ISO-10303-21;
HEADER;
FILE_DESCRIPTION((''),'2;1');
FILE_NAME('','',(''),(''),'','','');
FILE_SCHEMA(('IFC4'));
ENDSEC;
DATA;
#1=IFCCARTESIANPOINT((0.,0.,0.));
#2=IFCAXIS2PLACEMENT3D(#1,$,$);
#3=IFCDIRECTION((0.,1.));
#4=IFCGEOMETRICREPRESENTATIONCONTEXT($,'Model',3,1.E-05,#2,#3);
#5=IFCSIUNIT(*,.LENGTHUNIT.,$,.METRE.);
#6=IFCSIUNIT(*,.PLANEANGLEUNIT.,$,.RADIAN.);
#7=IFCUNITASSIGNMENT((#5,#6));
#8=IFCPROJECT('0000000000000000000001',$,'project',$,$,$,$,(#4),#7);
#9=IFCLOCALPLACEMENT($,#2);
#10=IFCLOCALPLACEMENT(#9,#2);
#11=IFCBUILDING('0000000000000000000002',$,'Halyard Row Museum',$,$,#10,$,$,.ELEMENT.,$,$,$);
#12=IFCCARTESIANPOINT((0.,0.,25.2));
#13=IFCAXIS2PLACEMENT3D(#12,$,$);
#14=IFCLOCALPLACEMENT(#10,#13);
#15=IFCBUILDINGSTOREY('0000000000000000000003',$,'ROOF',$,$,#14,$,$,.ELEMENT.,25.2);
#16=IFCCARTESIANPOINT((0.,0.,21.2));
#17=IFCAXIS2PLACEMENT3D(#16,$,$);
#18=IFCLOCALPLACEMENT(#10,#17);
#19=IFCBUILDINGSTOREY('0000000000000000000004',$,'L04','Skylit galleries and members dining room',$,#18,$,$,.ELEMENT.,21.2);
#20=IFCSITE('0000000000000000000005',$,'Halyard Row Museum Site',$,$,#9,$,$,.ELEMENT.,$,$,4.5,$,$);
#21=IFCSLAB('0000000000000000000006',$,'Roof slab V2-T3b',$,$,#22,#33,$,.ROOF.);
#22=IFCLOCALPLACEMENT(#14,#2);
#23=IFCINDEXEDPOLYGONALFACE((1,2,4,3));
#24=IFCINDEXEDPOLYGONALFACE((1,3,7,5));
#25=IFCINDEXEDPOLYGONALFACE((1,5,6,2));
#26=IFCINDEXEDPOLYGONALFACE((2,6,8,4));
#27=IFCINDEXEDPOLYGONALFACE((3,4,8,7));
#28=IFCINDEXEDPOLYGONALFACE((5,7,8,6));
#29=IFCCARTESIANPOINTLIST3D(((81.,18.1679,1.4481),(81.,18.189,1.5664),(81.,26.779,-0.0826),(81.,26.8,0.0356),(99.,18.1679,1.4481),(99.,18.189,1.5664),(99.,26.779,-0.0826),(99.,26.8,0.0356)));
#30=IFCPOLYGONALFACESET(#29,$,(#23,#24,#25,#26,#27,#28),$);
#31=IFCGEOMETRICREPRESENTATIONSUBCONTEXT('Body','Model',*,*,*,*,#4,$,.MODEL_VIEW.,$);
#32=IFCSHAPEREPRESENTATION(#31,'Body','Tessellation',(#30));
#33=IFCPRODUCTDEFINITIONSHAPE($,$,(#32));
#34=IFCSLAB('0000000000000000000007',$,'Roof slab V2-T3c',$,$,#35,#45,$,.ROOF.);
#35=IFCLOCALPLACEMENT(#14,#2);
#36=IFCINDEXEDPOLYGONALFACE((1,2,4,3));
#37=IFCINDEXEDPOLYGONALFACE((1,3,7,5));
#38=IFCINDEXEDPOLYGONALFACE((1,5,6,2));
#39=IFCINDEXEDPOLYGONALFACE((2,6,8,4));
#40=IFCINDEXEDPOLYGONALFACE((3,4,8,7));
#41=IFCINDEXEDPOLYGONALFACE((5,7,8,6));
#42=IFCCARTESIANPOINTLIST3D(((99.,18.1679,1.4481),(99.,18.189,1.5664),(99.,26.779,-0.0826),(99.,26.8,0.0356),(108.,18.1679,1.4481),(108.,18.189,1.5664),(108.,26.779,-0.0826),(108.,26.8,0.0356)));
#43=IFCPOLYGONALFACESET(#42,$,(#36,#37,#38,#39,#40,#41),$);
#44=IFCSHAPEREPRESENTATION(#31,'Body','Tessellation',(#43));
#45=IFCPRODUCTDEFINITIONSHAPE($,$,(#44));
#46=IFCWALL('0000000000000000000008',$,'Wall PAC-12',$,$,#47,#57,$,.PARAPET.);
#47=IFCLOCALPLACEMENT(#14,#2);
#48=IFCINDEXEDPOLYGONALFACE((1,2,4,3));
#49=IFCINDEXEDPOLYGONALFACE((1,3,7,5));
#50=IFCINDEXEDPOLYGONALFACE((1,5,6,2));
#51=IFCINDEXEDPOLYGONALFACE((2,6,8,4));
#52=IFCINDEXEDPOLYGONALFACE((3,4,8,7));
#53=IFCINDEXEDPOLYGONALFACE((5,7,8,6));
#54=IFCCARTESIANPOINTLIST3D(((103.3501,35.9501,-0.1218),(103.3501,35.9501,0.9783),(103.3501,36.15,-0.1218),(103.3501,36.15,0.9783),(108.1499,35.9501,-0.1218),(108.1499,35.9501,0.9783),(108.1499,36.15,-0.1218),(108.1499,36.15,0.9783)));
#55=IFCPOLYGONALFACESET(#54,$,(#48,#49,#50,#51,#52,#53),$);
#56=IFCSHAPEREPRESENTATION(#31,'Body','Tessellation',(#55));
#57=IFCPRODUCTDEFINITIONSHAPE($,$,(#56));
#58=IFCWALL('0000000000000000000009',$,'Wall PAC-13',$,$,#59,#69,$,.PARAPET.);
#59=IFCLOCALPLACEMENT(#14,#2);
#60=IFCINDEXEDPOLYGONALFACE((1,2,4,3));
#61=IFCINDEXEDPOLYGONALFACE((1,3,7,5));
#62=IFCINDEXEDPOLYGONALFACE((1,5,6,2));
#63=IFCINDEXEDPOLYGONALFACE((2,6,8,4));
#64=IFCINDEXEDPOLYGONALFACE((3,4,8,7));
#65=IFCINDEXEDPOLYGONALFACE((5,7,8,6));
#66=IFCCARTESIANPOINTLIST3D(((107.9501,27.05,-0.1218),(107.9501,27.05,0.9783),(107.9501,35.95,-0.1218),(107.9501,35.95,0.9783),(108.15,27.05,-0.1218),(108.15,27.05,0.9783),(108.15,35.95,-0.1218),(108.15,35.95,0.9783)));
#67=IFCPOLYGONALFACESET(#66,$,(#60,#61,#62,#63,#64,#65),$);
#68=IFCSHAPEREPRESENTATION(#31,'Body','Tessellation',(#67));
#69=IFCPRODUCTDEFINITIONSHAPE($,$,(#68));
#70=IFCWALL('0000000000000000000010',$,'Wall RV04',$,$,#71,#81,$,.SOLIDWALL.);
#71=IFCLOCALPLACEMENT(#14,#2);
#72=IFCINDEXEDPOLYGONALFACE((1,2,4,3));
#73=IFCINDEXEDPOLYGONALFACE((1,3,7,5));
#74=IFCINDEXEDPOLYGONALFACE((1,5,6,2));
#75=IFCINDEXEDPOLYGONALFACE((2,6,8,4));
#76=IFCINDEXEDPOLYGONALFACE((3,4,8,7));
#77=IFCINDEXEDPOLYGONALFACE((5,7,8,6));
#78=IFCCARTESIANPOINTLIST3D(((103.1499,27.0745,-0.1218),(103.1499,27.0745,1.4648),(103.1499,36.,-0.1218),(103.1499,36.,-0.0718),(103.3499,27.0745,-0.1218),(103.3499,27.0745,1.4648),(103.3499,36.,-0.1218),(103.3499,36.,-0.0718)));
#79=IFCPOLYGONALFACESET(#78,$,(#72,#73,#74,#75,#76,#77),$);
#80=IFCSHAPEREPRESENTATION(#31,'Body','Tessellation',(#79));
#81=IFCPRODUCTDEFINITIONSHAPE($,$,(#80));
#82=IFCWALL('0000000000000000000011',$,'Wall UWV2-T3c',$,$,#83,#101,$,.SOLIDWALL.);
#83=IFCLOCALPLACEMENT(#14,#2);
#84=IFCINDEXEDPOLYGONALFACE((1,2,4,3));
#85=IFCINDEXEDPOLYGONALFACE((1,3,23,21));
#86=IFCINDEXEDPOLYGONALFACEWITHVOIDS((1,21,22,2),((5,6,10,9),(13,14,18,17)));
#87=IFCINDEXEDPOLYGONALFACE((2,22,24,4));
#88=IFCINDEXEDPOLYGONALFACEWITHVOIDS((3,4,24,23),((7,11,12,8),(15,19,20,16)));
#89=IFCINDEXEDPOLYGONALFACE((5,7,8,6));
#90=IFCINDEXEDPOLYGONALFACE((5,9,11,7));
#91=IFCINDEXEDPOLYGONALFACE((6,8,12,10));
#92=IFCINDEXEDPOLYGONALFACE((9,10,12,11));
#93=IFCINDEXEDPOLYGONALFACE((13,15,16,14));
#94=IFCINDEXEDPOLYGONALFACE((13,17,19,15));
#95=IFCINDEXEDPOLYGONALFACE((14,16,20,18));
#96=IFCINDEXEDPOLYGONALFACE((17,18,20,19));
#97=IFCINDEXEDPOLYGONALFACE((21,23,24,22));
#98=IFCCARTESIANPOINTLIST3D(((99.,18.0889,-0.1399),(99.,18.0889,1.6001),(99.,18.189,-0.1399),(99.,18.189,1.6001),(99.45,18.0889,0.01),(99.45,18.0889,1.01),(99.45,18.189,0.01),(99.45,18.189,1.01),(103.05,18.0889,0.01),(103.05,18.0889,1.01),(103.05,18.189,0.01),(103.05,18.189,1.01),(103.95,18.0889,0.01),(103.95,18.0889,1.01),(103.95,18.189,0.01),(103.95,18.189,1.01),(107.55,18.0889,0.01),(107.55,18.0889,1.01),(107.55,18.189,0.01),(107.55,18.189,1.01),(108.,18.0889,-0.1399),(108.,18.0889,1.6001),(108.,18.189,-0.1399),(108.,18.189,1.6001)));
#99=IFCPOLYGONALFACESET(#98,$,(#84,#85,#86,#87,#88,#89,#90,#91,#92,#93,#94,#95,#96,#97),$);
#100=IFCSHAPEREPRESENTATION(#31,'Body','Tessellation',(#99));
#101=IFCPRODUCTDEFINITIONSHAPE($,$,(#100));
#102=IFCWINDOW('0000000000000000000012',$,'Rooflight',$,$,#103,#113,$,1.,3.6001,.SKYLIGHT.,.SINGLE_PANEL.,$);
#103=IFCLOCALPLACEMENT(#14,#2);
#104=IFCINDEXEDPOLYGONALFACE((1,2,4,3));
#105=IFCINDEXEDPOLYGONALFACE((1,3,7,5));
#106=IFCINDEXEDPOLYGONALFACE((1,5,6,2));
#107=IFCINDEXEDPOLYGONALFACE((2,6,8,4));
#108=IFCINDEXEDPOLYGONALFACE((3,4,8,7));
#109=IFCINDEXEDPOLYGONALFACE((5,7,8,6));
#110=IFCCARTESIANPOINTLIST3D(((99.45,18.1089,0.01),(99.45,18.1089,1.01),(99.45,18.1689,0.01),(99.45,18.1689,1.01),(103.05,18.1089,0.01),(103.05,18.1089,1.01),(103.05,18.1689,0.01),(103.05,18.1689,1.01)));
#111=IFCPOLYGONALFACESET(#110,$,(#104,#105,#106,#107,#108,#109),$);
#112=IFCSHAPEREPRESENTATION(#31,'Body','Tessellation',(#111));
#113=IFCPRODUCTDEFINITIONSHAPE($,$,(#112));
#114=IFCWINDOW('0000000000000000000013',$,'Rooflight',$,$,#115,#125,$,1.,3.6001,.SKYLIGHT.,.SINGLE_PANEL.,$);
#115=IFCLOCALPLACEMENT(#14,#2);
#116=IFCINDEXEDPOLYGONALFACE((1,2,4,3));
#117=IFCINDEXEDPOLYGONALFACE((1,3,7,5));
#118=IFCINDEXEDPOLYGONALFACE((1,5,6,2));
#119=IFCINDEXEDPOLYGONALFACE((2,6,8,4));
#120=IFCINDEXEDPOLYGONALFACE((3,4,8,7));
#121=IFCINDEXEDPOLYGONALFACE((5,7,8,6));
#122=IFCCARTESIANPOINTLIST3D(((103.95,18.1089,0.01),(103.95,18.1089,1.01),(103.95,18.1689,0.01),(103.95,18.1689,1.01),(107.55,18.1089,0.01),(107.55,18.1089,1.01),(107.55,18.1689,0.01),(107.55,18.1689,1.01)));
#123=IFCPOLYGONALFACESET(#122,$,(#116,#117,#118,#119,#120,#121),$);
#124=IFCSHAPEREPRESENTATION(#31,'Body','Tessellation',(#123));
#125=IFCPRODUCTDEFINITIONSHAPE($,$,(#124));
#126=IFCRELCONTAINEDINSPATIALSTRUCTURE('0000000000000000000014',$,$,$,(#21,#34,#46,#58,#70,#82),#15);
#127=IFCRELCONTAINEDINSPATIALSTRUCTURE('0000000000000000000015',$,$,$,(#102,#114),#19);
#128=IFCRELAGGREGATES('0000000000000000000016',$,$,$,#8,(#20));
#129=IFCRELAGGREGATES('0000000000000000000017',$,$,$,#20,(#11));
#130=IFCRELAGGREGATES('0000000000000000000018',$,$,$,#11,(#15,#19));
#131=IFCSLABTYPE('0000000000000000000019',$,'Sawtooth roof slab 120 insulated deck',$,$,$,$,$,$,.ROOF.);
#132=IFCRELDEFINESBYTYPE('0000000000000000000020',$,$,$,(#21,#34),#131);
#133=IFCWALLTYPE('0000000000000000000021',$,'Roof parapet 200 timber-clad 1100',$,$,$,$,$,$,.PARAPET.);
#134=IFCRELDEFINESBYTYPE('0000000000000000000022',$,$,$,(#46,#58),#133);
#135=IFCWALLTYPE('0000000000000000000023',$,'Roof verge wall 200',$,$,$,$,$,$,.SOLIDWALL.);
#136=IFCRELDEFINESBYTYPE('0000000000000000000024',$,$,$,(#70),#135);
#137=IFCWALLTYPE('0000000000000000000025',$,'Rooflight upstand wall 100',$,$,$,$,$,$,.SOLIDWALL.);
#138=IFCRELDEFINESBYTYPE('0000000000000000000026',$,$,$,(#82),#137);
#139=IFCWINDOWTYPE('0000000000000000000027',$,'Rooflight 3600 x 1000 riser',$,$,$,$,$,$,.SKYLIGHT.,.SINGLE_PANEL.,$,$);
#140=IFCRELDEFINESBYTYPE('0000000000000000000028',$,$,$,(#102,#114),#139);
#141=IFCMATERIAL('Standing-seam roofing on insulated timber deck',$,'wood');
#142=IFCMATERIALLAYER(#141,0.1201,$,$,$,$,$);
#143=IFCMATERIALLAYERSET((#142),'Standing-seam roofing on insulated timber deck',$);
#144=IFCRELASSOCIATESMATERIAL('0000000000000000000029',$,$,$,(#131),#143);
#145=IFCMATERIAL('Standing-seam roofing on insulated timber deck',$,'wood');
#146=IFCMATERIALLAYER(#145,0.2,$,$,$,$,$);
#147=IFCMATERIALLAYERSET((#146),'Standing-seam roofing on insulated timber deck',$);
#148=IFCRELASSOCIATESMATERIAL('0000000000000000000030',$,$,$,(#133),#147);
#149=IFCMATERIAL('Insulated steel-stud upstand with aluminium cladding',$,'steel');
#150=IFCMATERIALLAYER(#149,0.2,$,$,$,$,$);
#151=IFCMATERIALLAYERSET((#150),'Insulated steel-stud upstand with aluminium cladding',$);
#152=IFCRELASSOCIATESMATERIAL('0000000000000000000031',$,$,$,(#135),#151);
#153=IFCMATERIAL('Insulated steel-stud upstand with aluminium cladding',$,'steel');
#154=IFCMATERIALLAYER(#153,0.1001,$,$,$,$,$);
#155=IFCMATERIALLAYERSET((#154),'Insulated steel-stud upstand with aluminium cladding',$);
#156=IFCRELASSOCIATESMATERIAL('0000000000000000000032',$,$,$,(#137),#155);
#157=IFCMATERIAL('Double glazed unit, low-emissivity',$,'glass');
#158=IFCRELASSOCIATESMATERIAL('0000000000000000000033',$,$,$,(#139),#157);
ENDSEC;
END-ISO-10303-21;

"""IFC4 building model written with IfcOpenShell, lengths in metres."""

from ifc_helpers import new_model, si_unit, direction, frame, frame_2d, origin, place, context, subcontext, project, spatial, polyline, rectangle, outline, extrude, material, layer, layer_set, type_object, element, fill, save


model = new_model("IFC4")

# Units and contexts
model_context = context("Model", 3, precision=1e-05, world=origin(), true_north=direction((0.0, 1.0)))
body_context = subcontext(model_context, "Body", "Model", "MODEL_VIEW")
ifc_project = project(units=[si_unit("LENGTHUNIT", "METRE"), si_unit("PLANEANGLEUNIT", "RADIAN")], contexts=[model_context])

# Site, building, storey
site_placement = place(None, origin())
site = spatial("IfcSite", under=ifc_project, at=site_placement, Name="Halyard Row Museum Site", CompositionType="ELEMENT", RefElevation=4.5)
building_placement = place(site_placement, origin())
building = spatial("IfcBuilding", under=site, at=building_placement, Name="Halyard Row Museum", CompositionType="ELEMENT")
storey_1_placement = place(building_placement, frame((0.0, 0.0, 25.2)))
storey_1 = spatial("IfcBuildingStorey", under=building, at=storey_1_placement, Name="ROOF", CompositionType="ELEMENT", Elevation=25.2)

# Slabs
ifc_material_1 = material(Name="Standing-seam roofing on insulated timber deck", Category="wood")
ifc_layer_1 = layer(ifc_material_1, 0.1201)
ifc_layer_set_1 = layer_set([ifc_layer_1], Name="Standing-seam roofing on insulated timber deck")
slab_type = type_object("IfcSlabType", Name="Sawtooth roof slab 120 insulated deck", PredefinedType="ROOF", material=ifc_layer_set_1)
slab_1_placement = place(storey_1_placement, frame((81.0, 18.189, 1.5664), z_axis=(0.0, 0.175023, 0.984564), x_axis=(1.0, 0.0, 0.0)))
element("IfcSlab", 1, at=slab_1_placement, inside=storey_1, type_object=slab_type, Name="Roof slab V2-T3b", PredefinedType="ROOF", context=body_context, shape_type="SweptSolid", body=[
    extrude(outline(polyline([(0.0, 0.0), (18.0, 0.0), (18.0, 8.7461), (0.0, 8.7461), (0.0, 0.0)])), origin(), (0.0, 0.0, -1.0), 0.1201),
])
slab_2_placement = place(storey_1_placement, frame((99.0, 18.189, 1.5664), z_axis=(0.0, 0.175023, 0.984564), x_axis=(1.0, 0.0, 0.0)))
element("IfcSlab", 2, at=slab_2_placement, inside=storey_1, type_object=slab_type, Name="Roof slab V2-T3c", PredefinedType="ROOF", context=body_context, shape_type="SweptSolid", body=[
    extrude(outline(polyline([(0.0, 0.0), (9.0, 0.0), (9.0, 8.7461), (0.0, 8.7461), (0.0, 0.0)])), origin(), (0.0, 0.0, -1.0), 0.1201),
])

# Walls
ifc_material_2 = material(Name="Standing-seam roofing on insulated timber deck", Category="wood")
ifc_layer_2 = layer(ifc_material_2, 0.2)
ifc_layer_set_2 = layer_set([ifc_layer_2], Name="Standing-seam roofing on insulated timber deck")
wall_type_1 = type_object("IfcWallType", Name="Roof parapet 200 timber-clad 1100", PredefinedType="PARAPET", material=ifc_layer_set_2)
wall_1_placement = place(storey_1_placement, frame((103.3501, 36.05, -0.1218), z_axis=(0.0, 0.0, 1.0), x_axis=(1.0, 0.0, 0.0)))
element("IfcWall", 3, at=wall_1_placement, inside=storey_1, type_object=wall_type_1, Name="Wall PAC-12", PredefinedType="PARAPET", context=body_context, shape_type="SweptSolid", body=[
    extrude(rectangle(XDim=4.7998, YDim=0.2, at=frame_2d((2.3999, 0.0))), origin(), (0.0, 0.0, 1.0), 1.1001),
])
wall_2_placement = place(storey_1_placement, frame((108.05, 27.05, -0.1218), z_axis=(0.0, 0.0, 1.0), x_axis=(0.0, 1.0, 0.0)))
element("IfcWall", 4, at=wall_2_placement, inside=storey_1, type_object=wall_type_1, Name="Wall PAC-13", PredefinedType="PARAPET", context=body_context, shape_type="SweptSolid", body=[
    extrude(rectangle(XDim=8.8999, YDim=0.2, at=frame_2d((4.45, 0.0))), origin(), (0.0, 0.0, 1.0), 1.1001),
])
ifc_material_3 = material(Name="Insulated steel-stud upstand with aluminium cladding", Category="steel")
ifc_layer_3 = layer(ifc_material_3, 0.2)
ifc_layer_set_3 = layer_set([ifc_layer_3], Name="Insulated steel-stud upstand with aluminium cladding")
wall_type_2 = type_object("IfcWallType", Name="Roof verge wall 200", PredefinedType="SOLIDWALL", material=ifc_layer_set_3)
wall_3_placement = place(storey_1_placement, frame((103.25, 27.0745, -0.1218), z_axis=(0.0, 0.0, 1.0), x_axis=(0.0, 1.0, 0.0)))
element("IfcWall", 5, at=wall_3_placement, inside=storey_1, type_object=wall_type_2, Name="Wall RV04", PredefinedType="SOLIDWALL", context=body_context, shape_type="SweptSolid", body=[
    extrude(outline(polyline([(0.0, 0.0), (8.9255, 0.0), (8.9255, 0.05), (0.0, 1.5867), (0.0, 0.0)])), frame((0.0, 0.1001, 0.0), z_axis=(0.0, -1.0, 0.0), x_axis=(1.0, 0.0, 0.0)), (0.0, 0.0, 1.0), 0.2),
])

# Wall, openings
ifc_material_4 = material(Name="Insulated steel-stud upstand with aluminium cladding", Category="steel")
ifc_layer_4 = layer(ifc_material_4, 0.1001)
ifc_layer_set_4 = layer_set([ifc_layer_4], Name="Insulated steel-stud upstand with aluminium cladding")
wall_type_3 = type_object("IfcWallType", Name="Rooflight upstand wall 100", PredefinedType="SOLIDWALL", material=ifc_layer_set_4)
wall_4_placement = place(storey_1_placement, frame((99.0, 18.1389, -0.1399), z_axis=(0.0, 0.0, 1.0), x_axis=(1.0, 0.0, 0.0)))
wall_4 = element("IfcWall", 6, at=wall_4_placement, inside=storey_1, type_object=wall_type_3, Name="Wall UWV2-T3c", PredefinedType="SOLIDWALL", context=body_context, shape_type="SweptSolid", body=[
    extrude(rectangle(XDim=9.0, YDim=0.1001, at=frame_2d((4.5, 0.0))), origin(), (0.0, 0.0, 1.0), 1.74),
])
opening_1_placement = place(wall_4_placement, frame((0.45, 0.0, 0.1499)))
opening_1 = element("IfcOpeningElement", 7, at=opening_1_placement, cuts=wall_4, PredefinedType="OPENING", context=body_context, shape_type="SweptSolid", body=[
    extrude(rectangle(XDim=3.6001, YDim=1.0, at=frame_2d((1.8, 0.5))), frame((0.0, 0.0601, 0.0), z_axis=(0.0, -1.0, 0.0), x_axis=(1.0, 0.0, 0.0)), (0.0, 0.0, 1.0), 0.1201),
])
opening_2_placement = place(wall_4_placement, frame((4.95, 0.0, 0.1499)))
opening_2 = element("IfcOpeningElement", 8, at=opening_2_placement, cuts=wall_4, PredefinedType="OPENING", context=body_context, shape_type="SweptSolid", body=[
    extrude(rectangle(XDim=3.6001, YDim=1.0, at=frame_2d((1.8, 0.5))), frame((0.0, 0.0601, 0.0), z_axis=(0.0, -1.0, 0.0), x_axis=(1.0, 0.0, 0.0)), (0.0, 0.0, 1.0), 0.1201),
])

# Shared definitions
storey_2_placement = place(building_placement, frame((0.0, 0.0, 21.2)))
storey_2 = spatial("IfcBuildingStorey", under=building, at=storey_2_placement, Name="L04", Description="Skylit galleries and members dining room", CompositionType="ELEMENT", Elevation=21.2)

# Windows
ifc_material_5 = material(Name="Double glazed unit, low-emissivity", Category="glass")
window_type = type_object("IfcWindowType", Name="Rooflight 3600 x 1000 riser", PartitioningType="SINGLE_PANEL", PredefinedType="SKYLIGHT", material=ifc_material_5)
window_1_placement = place(opening_1_placement, origin())
window_1 = element("IfcWindow", 9, at=window_1_placement, inside=storey_2, type_object=window_type, Name="Rooflight", OverallHeight=1.0, OverallWidth=3.6001, PartitioningType="SINGLE_PANEL", PredefinedType="SKYLIGHT", context=body_context, shape_type="SweptSolid", body=[
    extrude(rectangle(XDim=3.6001, YDim=1.0, at=frame_2d((1.8, 0.5))), frame((0.0, 0.03, 0.0), z_axis=(0.0, -1.0, 0.0), x_axis=(1.0, 0.0, 0.0)), (0.0, 0.0, 1.0), 0.0601),
])
fill(opening_1, window_1)
window_2_placement = place(opening_2_placement, origin())
window_2 = element("IfcWindow", 10, at=window_2_placement, inside=storey_2, type_object=window_type, Name="Rooflight", OverallHeight=1.0, OverallWidth=3.6001, PartitioningType="SINGLE_PANEL", PredefinedType="SKYLIGHT", context=body_context, shape_type="SweptSolid", body=[
    extrude(rectangle(XDim=3.6001, YDim=1.0, at=frame_2d((1.8, 0.5))), frame((0.0, 0.03, 0.0), z_axis=(0.0, -1.0, 0.0), x_axis=(1.0, 0.0, 0.0)), (0.0, 0.0, 1.0), 0.0601),
])
fill(opening_2, window_2)

save(model, "model.ifc")
